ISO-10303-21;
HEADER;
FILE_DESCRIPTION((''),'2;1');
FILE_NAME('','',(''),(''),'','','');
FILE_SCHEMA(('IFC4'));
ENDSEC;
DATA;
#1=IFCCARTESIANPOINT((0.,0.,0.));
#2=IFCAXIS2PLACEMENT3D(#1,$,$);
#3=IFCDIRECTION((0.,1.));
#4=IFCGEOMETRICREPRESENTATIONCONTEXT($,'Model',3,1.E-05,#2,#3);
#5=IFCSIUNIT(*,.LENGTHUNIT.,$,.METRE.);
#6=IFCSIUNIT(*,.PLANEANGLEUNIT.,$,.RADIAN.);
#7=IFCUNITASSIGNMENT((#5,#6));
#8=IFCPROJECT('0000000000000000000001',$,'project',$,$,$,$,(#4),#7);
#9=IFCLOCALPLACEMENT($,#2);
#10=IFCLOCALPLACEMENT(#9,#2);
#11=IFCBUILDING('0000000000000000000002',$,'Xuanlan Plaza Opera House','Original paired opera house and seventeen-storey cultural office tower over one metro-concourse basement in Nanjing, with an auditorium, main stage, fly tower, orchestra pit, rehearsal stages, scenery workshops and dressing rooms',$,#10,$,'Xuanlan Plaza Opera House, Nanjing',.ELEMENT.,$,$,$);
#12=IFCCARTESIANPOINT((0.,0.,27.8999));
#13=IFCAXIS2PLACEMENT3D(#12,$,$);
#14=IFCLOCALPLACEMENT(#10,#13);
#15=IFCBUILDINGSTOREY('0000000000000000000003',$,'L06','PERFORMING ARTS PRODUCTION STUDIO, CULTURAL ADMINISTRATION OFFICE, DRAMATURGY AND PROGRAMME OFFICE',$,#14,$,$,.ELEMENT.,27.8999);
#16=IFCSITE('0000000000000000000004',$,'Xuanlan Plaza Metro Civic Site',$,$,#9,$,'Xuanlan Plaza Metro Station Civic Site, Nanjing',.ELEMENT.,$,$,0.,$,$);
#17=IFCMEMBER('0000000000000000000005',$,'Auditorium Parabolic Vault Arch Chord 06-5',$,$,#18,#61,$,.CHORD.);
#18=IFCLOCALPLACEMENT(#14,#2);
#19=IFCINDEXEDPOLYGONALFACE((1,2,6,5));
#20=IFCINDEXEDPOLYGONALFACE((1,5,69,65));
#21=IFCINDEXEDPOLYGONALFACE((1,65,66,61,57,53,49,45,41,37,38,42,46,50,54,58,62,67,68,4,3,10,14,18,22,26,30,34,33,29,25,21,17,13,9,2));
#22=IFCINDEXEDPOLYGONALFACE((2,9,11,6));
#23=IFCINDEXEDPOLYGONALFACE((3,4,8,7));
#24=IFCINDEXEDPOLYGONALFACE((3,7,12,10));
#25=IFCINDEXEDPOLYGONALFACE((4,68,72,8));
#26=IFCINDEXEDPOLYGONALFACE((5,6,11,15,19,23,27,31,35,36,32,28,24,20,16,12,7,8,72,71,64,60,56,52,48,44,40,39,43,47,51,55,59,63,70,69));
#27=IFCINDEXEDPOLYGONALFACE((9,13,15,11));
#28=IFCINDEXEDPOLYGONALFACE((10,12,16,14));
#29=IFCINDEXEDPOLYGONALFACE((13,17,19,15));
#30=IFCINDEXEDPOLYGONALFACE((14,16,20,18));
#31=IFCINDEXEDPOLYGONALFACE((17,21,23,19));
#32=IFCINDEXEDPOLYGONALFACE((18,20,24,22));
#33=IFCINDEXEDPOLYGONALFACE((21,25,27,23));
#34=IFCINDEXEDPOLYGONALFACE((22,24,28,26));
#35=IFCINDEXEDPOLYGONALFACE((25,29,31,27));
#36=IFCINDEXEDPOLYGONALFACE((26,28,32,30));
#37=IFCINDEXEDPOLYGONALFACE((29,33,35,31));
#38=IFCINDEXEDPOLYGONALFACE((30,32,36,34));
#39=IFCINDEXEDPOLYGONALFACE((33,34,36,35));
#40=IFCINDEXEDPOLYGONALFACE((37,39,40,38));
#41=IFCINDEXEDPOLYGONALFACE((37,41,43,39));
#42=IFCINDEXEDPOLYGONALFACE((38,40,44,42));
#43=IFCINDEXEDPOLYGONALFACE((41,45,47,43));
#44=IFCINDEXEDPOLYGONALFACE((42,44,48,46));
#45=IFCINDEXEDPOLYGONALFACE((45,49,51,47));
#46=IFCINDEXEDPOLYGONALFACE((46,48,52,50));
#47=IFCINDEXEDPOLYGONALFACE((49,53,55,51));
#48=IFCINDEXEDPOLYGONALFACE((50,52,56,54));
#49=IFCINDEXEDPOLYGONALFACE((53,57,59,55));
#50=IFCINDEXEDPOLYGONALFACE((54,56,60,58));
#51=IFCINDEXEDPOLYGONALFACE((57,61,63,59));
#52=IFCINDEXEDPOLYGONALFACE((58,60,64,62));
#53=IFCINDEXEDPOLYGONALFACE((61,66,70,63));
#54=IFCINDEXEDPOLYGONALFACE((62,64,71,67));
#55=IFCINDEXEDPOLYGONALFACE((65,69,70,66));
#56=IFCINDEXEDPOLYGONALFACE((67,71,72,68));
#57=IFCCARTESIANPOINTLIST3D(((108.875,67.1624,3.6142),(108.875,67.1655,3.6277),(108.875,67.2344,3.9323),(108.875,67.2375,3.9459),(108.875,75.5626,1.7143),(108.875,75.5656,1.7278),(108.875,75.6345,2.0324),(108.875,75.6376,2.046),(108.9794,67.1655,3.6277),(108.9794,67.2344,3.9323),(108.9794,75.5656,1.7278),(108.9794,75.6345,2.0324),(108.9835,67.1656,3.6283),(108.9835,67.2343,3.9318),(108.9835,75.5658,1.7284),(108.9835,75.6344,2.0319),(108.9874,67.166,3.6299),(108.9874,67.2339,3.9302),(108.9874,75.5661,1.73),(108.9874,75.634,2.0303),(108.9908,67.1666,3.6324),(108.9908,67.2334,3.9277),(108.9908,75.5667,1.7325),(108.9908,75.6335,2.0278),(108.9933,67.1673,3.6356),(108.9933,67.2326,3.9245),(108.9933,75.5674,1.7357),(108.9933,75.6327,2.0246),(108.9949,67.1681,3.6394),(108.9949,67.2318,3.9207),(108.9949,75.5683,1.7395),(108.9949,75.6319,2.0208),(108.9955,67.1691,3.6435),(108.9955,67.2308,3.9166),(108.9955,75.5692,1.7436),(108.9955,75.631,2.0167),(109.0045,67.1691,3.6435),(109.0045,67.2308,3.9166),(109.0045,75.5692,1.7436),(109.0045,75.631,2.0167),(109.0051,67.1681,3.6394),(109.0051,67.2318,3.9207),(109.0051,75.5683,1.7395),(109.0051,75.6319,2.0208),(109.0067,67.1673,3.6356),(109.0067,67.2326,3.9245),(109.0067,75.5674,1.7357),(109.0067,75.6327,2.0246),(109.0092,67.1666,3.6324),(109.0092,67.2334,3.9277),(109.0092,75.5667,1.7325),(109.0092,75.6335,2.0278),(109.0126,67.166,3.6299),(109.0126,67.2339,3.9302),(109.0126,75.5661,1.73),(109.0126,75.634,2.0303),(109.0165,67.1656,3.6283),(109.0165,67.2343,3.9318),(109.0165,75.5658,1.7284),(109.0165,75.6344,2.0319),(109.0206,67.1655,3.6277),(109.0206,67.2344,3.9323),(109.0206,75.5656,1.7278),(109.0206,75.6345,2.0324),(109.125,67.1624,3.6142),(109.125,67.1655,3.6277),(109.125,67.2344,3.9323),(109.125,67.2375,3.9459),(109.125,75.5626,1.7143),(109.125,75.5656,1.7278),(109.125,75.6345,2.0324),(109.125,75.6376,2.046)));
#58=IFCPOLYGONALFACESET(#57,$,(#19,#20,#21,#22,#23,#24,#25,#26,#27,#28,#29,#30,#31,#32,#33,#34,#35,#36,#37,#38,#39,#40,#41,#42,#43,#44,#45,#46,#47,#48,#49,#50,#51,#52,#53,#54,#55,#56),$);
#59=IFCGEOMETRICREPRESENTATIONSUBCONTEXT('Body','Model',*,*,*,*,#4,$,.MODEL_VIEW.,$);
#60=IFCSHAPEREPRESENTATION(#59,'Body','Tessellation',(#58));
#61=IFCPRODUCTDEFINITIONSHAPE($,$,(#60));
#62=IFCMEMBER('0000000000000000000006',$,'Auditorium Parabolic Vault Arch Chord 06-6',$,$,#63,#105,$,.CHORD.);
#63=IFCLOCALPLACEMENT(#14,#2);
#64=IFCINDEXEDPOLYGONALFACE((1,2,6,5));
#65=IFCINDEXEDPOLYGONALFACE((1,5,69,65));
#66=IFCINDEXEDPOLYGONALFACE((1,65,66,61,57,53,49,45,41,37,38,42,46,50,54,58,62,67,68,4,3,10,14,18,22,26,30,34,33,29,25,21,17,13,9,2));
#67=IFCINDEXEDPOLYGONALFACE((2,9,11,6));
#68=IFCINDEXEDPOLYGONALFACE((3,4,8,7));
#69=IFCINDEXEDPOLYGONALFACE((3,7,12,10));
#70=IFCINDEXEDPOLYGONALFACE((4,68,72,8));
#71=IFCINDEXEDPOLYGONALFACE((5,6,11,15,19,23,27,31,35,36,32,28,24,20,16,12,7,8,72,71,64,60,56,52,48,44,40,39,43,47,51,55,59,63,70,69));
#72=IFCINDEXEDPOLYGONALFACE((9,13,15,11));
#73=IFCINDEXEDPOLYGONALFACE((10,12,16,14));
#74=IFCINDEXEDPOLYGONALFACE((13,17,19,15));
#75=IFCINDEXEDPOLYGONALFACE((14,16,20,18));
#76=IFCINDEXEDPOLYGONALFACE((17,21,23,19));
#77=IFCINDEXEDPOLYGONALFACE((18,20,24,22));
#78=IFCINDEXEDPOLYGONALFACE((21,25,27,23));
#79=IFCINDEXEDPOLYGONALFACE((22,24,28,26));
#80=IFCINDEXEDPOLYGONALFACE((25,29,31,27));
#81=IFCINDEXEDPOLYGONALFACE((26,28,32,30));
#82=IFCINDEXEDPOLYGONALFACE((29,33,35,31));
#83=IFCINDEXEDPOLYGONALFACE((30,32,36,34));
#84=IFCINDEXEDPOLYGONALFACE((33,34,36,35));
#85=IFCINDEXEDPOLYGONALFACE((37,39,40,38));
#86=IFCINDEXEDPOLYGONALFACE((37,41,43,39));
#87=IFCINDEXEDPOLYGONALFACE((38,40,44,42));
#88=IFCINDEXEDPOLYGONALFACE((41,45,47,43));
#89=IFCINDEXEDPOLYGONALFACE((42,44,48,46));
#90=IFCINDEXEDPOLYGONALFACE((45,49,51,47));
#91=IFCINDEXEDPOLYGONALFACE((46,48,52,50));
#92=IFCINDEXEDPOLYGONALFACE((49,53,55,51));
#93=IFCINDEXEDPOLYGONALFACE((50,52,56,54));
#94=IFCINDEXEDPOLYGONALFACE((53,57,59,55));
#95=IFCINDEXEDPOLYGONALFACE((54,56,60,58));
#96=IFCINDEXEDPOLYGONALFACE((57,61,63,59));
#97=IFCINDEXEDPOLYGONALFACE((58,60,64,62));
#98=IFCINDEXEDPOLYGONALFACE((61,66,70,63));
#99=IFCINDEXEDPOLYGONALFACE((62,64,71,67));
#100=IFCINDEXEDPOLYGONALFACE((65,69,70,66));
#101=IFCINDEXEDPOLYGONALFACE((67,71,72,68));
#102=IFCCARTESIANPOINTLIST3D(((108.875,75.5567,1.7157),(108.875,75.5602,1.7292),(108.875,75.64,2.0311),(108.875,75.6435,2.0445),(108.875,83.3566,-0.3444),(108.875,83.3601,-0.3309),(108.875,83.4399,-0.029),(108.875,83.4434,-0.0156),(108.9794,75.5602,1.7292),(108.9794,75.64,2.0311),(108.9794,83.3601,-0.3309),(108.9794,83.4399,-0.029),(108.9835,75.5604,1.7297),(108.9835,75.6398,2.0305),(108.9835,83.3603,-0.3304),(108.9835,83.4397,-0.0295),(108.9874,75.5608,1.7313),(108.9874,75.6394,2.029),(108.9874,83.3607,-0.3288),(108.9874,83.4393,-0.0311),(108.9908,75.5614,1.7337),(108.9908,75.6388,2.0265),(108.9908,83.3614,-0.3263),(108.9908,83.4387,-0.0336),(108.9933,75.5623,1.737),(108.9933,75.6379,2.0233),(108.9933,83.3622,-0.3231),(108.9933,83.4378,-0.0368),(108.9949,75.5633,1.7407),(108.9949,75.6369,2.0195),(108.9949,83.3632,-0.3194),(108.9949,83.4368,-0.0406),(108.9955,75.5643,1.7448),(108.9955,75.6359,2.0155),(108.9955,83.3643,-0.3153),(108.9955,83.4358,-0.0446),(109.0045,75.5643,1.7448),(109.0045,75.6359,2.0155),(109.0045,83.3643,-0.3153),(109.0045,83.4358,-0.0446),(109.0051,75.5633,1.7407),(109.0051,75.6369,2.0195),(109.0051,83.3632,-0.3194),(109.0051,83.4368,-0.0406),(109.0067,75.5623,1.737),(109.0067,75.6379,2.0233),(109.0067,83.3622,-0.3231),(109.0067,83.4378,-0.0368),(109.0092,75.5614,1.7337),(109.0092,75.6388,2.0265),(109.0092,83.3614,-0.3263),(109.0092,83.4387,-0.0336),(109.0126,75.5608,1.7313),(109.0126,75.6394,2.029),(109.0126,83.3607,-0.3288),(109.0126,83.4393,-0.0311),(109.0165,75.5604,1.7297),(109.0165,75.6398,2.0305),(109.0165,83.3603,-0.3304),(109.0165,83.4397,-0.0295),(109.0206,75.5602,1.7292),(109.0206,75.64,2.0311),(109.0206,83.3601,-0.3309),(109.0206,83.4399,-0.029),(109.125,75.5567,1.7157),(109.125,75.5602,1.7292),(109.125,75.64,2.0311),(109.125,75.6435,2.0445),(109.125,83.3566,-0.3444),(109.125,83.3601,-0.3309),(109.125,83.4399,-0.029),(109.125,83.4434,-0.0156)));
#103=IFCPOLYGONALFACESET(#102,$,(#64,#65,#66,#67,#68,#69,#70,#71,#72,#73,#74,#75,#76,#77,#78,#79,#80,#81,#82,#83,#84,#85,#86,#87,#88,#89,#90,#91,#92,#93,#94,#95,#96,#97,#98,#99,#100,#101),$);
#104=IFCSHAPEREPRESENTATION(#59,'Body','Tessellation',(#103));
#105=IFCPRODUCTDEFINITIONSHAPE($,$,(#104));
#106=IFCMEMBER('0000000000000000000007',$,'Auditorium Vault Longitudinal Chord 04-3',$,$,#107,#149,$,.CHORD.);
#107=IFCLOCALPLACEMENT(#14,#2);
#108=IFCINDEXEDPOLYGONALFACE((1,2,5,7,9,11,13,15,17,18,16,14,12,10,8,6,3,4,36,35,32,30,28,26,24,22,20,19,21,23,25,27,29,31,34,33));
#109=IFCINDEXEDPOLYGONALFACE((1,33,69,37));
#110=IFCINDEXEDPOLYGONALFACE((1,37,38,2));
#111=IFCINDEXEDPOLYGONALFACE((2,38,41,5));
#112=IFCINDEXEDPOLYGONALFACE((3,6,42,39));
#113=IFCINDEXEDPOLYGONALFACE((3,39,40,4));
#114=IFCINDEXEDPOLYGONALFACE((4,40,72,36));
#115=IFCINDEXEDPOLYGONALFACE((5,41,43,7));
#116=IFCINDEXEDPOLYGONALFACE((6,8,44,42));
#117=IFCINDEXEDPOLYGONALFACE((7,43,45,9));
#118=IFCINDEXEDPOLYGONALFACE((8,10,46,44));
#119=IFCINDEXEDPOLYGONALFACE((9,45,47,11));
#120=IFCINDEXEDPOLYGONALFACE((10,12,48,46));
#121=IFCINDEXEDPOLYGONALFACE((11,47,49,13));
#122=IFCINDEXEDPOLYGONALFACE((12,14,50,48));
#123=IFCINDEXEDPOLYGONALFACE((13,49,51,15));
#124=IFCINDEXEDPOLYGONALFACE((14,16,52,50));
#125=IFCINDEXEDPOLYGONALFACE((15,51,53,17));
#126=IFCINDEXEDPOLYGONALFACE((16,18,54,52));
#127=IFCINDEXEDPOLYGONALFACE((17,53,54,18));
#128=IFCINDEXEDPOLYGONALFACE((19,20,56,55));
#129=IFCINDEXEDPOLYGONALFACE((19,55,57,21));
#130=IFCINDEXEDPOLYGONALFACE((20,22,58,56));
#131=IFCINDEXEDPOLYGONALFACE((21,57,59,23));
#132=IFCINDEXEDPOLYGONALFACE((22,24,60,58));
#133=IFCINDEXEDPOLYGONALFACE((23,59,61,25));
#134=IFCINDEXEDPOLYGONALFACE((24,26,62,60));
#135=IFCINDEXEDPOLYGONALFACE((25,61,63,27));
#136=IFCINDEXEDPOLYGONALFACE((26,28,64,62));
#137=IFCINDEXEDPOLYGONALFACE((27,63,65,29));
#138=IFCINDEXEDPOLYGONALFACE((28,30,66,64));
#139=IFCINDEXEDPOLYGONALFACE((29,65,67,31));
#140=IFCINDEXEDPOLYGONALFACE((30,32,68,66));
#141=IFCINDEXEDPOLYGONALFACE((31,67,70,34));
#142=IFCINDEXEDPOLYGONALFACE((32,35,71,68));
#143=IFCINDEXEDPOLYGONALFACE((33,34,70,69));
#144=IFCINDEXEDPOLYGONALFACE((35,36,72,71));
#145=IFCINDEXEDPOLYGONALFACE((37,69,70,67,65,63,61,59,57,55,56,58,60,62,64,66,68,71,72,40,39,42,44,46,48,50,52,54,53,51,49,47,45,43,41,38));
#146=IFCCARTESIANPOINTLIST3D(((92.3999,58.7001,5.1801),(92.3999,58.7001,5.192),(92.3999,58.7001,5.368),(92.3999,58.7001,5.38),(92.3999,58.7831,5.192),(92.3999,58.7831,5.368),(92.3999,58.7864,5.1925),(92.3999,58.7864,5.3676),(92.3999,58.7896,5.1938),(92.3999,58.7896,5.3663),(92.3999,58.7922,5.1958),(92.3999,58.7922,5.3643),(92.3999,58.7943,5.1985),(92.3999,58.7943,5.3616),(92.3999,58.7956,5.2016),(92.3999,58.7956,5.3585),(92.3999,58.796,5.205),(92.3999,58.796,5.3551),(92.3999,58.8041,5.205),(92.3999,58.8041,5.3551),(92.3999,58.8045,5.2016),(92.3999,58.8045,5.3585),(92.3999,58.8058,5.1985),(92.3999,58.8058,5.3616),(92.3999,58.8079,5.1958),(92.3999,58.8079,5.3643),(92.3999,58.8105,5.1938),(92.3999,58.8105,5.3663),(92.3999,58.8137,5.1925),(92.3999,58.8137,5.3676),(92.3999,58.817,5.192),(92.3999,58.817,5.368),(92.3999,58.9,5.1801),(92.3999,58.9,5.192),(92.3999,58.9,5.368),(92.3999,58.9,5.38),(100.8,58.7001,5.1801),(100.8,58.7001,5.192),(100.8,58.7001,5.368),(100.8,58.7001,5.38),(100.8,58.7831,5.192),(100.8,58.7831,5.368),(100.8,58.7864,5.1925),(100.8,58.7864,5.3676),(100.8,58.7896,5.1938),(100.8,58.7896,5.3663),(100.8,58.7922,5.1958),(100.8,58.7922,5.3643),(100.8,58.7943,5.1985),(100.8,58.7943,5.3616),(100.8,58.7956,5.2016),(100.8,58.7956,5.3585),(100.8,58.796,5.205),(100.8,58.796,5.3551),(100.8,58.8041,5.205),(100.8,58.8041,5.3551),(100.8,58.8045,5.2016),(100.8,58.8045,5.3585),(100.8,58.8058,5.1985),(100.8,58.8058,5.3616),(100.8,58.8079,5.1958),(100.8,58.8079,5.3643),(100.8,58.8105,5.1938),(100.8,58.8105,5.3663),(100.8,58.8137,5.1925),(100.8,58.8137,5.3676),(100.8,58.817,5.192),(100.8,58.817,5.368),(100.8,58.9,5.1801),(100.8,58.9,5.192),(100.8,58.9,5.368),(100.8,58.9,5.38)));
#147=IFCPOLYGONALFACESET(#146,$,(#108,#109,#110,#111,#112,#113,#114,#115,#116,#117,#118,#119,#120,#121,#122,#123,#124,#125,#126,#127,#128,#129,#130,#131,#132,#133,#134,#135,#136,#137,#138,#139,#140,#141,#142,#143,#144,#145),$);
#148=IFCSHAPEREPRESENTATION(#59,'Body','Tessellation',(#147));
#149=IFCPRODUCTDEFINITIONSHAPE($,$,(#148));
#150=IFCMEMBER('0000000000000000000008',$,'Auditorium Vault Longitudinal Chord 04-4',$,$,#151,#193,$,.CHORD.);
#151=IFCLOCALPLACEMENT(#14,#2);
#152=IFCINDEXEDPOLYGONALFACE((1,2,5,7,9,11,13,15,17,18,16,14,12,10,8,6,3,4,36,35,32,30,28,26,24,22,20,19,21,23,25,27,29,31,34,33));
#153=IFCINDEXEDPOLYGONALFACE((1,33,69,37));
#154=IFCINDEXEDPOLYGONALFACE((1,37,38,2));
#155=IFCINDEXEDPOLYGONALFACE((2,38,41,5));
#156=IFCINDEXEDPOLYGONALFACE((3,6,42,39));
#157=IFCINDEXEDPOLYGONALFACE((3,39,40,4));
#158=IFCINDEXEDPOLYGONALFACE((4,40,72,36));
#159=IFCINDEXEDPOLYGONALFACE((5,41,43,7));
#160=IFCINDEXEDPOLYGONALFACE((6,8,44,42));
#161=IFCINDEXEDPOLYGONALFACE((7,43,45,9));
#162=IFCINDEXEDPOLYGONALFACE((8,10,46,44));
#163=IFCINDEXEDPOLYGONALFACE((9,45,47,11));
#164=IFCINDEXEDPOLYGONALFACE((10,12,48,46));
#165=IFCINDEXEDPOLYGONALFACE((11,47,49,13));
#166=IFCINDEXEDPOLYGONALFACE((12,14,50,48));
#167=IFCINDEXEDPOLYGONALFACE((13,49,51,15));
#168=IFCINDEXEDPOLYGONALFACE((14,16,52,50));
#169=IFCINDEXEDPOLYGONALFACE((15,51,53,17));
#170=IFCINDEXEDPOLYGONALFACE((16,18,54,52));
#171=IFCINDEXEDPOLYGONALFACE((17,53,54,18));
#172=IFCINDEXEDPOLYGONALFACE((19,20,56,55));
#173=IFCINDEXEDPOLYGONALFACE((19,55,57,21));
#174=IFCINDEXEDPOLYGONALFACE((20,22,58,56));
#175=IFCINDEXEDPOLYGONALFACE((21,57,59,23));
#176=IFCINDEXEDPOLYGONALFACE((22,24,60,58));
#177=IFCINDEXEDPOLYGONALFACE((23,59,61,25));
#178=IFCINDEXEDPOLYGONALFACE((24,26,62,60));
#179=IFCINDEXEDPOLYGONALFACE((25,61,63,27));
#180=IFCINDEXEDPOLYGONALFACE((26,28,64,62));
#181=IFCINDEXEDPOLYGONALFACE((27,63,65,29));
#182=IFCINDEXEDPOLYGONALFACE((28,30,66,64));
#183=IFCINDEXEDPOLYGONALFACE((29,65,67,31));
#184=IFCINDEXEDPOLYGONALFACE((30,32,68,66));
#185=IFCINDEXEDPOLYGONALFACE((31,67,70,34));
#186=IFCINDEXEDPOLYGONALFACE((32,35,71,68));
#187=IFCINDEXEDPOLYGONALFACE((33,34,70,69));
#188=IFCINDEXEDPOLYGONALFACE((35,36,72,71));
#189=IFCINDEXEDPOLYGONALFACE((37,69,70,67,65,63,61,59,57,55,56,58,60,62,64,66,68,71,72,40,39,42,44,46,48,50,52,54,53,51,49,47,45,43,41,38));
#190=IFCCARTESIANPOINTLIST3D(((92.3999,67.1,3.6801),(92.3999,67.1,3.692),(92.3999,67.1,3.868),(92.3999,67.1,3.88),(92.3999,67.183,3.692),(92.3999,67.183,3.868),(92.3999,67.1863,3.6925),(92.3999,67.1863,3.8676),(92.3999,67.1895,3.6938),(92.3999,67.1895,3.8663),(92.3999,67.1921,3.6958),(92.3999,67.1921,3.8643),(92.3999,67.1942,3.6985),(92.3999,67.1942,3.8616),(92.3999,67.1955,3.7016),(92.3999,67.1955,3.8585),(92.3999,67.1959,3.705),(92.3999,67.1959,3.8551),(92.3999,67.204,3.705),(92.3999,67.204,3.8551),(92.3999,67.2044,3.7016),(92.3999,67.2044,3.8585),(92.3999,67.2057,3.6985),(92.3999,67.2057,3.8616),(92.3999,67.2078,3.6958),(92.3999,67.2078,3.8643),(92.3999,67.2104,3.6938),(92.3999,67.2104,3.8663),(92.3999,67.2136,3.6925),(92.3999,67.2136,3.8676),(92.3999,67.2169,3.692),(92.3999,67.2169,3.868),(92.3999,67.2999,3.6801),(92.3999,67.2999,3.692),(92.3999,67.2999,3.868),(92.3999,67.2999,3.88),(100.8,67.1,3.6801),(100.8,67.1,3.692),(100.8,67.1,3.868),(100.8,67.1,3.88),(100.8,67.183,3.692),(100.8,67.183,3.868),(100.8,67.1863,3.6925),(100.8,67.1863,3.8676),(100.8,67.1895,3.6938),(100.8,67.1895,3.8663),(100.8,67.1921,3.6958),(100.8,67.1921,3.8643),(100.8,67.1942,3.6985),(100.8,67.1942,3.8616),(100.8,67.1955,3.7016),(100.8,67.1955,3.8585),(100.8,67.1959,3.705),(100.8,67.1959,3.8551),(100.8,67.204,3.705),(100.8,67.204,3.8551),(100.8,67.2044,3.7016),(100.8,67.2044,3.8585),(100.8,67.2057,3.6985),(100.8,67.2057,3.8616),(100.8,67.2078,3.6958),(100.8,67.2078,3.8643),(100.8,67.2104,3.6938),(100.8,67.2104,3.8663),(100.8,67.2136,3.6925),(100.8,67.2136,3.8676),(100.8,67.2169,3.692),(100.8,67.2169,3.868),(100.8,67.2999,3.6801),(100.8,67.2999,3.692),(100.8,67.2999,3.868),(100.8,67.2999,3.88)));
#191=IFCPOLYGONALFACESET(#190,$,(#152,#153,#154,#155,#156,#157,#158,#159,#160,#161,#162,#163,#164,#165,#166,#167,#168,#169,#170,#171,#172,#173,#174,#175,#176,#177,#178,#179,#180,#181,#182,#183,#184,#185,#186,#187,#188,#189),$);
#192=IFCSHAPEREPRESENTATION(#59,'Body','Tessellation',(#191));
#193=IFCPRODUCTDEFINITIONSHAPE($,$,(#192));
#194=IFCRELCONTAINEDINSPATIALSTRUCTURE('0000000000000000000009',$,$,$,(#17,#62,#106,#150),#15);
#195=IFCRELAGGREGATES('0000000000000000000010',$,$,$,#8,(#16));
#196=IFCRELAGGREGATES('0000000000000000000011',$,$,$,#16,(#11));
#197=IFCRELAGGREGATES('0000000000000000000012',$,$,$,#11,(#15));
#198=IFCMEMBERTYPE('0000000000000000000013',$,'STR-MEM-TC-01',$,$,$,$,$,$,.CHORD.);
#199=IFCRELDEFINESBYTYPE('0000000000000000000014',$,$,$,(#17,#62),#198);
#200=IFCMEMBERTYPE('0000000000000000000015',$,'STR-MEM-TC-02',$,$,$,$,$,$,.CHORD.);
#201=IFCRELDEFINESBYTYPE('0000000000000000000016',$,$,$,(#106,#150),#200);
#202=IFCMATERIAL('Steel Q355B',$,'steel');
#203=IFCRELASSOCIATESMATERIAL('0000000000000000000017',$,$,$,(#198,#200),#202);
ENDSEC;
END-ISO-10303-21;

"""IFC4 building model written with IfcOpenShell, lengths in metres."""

from ifc_helpers import new_model, si_unit, direction, frame, origin, origin_2d, place, context, subcontext, project, spatial, i_section, extrude, material, material_profile, profile_set, type_object, element, save


model = new_model("IFC4")

# Units and contexts
model_context = context("Model", 3, precision=1e-05, world=origin(), true_north=direction((0.0, 1.0)))
body_context = subcontext(model_context, "Body", "Model", "MODEL_VIEW")
ifc_project = project(units=[si_unit("LENGTHUNIT", "METRE"), si_unit("PLANEANGLEUNIT", "RADIAN")], contexts=[model_context])

# Site, building, storey
site_placement = place(None, origin())
site = spatial("IfcSite", under=ifc_project, at=site_placement, Name="Xuanlan Plaza Metro Civic Site", LongName="Xuanlan Plaza Metro Station Civic Site, Nanjing", CompositionType="ELEMENT", RefElevation=0.0)
building_placement = place(site_placement, origin())
building = spatial("IfcBuilding", under=site, at=building_placement, Name="Xuanlan Plaza Opera House", Description="Original paired opera house and seventeen-storey cultural office tower over one metro-concourse basement in Nanjing, with an auditorium, main stage, fly tower, orchestra pit, rehearsal stages, scenery workshops and dressing rooms", LongName="Xuanlan Plaza Opera House, Nanjing", CompositionType="ELEMENT")
storey_placement = place(building_placement, frame((0.0, 0.0, 27.8999)))
storey = spatial("IfcBuildingStorey", under=building, at=storey_placement, Name="L06", Description="PERFORMING ARTS PRODUCTION STUDIO, CULTURAL ADMINISTRATION OFFICE, DRAMATURGY AND PROGRAMME OFFICE", CompositionType="ELEMENT", Elevation=27.8999)

# Members
ifc_material = material(Name="Steel Q355B", Category="steel")
ifc_material_profile_1 = material_profile(ifc_material, i_section(OverallWidth=0.25, OverallDepth=0.3401, WebThickness=0.009, FlangeThickness=0.0139, FilletRadius=0.0161, at=origin_2d()), Name="HM 340x250x9x14")
ifc_profile_set_1 = profile_set([ifc_material_profile_1], Name="Steel Q355B")
member_type_1 = type_object("IfcMemberType", Name="STR-MEM-TC-01", PredefinedType="CHORD", material=ifc_profile_set_1)
member_1_placement = place(storey_placement, frame((109.0, 67.2, 3.78), z_axis=(0.0, 0.975364, -0.220603), x_axis=(-1.0, 0.0, 0.0)))
element("IfcMember", 1, at=member_1_placement, inside=storey, type_object=member_type_1, Name="Auditorium Parabolic Vault Arch Chord 06-5", PredefinedType="CHORD", context=body_context, shape_type="SweptSolid", body=[
    extrude(i_section(OverallWidth=0.25, OverallDepth=0.3401, WebThickness=0.009, FlangeThickness=0.0139, FilletRadius=0.0161, at=origin_2d()), origin(), (0.0, 0.0, 1.0), 8.6123),
])
member_2_placement = place(storey_placement, frame((109.0, 75.6001, 1.8801), z_axis=(0.0, 0.966846, -0.25536), x_axis=(-1.0, 0.0, 0.0)))
element("IfcMember", 2, at=member_2_placement, inside=storey, type_object=member_type_1, Name="Auditorium Parabolic Vault Arch Chord 06-6", PredefinedType="CHORD", context=body_context, shape_type="SweptSolid", body=[
    extrude(i_section(OverallWidth=0.25, OverallDepth=0.3401, WebThickness=0.009, FlangeThickness=0.0139, FilletRadius=0.0161, at=origin_2d()), origin(), (0.0, 0.0, 1.0), 8.0674),
])
ifc_material_profile_2 = material_profile(ifc_material, i_section(OverallWidth=0.2, OverallDepth=0.2, WebThickness=0.0081, FlangeThickness=0.012, FilletRadius=0.0129, at=origin_2d()), Name="HW 200x200x8x12")
ifc_profile_set_2 = profile_set([ifc_material_profile_2], Name="Steel Q355B")
member_type_2 = type_object("IfcMemberType", Name="STR-MEM-TC-02", PredefinedType="CHORD", material=ifc_profile_set_2)
for number, where, z_axis, x_axis, name in (
    (3, (92.3999, 58.8, 5.28), (1.0, 0.0, 0.0), (0.0, 1.0, 0.0), "Auditorium Vault Longitudinal Chord 04-3"),
    (4, (92.3999, 67.2, 3.78), (1.0, 0.0, 0.0), (0.0, 1.0, 0.0), "Auditorium Vault Longitudinal Chord 04-4"),
):
    element("IfcMember", number, at=place(storey_placement, frame(where, z_axis=z_axis, x_axis=x_axis)), inside=storey, type_object=member_type_2, Name=name, PredefinedType="CHORD", context=body_context, shape_type="SweptSolid", body=[
        extrude(i_section(OverallWidth=0.2, OverallDepth=0.2, WebThickness=0.0081, FlangeThickness=0.012, FilletRadius=0.0129, at=origin_2d()), origin(), (0.0, 0.0, 1.0), 8.4001),
    ])

save(model, "model.ifc")
